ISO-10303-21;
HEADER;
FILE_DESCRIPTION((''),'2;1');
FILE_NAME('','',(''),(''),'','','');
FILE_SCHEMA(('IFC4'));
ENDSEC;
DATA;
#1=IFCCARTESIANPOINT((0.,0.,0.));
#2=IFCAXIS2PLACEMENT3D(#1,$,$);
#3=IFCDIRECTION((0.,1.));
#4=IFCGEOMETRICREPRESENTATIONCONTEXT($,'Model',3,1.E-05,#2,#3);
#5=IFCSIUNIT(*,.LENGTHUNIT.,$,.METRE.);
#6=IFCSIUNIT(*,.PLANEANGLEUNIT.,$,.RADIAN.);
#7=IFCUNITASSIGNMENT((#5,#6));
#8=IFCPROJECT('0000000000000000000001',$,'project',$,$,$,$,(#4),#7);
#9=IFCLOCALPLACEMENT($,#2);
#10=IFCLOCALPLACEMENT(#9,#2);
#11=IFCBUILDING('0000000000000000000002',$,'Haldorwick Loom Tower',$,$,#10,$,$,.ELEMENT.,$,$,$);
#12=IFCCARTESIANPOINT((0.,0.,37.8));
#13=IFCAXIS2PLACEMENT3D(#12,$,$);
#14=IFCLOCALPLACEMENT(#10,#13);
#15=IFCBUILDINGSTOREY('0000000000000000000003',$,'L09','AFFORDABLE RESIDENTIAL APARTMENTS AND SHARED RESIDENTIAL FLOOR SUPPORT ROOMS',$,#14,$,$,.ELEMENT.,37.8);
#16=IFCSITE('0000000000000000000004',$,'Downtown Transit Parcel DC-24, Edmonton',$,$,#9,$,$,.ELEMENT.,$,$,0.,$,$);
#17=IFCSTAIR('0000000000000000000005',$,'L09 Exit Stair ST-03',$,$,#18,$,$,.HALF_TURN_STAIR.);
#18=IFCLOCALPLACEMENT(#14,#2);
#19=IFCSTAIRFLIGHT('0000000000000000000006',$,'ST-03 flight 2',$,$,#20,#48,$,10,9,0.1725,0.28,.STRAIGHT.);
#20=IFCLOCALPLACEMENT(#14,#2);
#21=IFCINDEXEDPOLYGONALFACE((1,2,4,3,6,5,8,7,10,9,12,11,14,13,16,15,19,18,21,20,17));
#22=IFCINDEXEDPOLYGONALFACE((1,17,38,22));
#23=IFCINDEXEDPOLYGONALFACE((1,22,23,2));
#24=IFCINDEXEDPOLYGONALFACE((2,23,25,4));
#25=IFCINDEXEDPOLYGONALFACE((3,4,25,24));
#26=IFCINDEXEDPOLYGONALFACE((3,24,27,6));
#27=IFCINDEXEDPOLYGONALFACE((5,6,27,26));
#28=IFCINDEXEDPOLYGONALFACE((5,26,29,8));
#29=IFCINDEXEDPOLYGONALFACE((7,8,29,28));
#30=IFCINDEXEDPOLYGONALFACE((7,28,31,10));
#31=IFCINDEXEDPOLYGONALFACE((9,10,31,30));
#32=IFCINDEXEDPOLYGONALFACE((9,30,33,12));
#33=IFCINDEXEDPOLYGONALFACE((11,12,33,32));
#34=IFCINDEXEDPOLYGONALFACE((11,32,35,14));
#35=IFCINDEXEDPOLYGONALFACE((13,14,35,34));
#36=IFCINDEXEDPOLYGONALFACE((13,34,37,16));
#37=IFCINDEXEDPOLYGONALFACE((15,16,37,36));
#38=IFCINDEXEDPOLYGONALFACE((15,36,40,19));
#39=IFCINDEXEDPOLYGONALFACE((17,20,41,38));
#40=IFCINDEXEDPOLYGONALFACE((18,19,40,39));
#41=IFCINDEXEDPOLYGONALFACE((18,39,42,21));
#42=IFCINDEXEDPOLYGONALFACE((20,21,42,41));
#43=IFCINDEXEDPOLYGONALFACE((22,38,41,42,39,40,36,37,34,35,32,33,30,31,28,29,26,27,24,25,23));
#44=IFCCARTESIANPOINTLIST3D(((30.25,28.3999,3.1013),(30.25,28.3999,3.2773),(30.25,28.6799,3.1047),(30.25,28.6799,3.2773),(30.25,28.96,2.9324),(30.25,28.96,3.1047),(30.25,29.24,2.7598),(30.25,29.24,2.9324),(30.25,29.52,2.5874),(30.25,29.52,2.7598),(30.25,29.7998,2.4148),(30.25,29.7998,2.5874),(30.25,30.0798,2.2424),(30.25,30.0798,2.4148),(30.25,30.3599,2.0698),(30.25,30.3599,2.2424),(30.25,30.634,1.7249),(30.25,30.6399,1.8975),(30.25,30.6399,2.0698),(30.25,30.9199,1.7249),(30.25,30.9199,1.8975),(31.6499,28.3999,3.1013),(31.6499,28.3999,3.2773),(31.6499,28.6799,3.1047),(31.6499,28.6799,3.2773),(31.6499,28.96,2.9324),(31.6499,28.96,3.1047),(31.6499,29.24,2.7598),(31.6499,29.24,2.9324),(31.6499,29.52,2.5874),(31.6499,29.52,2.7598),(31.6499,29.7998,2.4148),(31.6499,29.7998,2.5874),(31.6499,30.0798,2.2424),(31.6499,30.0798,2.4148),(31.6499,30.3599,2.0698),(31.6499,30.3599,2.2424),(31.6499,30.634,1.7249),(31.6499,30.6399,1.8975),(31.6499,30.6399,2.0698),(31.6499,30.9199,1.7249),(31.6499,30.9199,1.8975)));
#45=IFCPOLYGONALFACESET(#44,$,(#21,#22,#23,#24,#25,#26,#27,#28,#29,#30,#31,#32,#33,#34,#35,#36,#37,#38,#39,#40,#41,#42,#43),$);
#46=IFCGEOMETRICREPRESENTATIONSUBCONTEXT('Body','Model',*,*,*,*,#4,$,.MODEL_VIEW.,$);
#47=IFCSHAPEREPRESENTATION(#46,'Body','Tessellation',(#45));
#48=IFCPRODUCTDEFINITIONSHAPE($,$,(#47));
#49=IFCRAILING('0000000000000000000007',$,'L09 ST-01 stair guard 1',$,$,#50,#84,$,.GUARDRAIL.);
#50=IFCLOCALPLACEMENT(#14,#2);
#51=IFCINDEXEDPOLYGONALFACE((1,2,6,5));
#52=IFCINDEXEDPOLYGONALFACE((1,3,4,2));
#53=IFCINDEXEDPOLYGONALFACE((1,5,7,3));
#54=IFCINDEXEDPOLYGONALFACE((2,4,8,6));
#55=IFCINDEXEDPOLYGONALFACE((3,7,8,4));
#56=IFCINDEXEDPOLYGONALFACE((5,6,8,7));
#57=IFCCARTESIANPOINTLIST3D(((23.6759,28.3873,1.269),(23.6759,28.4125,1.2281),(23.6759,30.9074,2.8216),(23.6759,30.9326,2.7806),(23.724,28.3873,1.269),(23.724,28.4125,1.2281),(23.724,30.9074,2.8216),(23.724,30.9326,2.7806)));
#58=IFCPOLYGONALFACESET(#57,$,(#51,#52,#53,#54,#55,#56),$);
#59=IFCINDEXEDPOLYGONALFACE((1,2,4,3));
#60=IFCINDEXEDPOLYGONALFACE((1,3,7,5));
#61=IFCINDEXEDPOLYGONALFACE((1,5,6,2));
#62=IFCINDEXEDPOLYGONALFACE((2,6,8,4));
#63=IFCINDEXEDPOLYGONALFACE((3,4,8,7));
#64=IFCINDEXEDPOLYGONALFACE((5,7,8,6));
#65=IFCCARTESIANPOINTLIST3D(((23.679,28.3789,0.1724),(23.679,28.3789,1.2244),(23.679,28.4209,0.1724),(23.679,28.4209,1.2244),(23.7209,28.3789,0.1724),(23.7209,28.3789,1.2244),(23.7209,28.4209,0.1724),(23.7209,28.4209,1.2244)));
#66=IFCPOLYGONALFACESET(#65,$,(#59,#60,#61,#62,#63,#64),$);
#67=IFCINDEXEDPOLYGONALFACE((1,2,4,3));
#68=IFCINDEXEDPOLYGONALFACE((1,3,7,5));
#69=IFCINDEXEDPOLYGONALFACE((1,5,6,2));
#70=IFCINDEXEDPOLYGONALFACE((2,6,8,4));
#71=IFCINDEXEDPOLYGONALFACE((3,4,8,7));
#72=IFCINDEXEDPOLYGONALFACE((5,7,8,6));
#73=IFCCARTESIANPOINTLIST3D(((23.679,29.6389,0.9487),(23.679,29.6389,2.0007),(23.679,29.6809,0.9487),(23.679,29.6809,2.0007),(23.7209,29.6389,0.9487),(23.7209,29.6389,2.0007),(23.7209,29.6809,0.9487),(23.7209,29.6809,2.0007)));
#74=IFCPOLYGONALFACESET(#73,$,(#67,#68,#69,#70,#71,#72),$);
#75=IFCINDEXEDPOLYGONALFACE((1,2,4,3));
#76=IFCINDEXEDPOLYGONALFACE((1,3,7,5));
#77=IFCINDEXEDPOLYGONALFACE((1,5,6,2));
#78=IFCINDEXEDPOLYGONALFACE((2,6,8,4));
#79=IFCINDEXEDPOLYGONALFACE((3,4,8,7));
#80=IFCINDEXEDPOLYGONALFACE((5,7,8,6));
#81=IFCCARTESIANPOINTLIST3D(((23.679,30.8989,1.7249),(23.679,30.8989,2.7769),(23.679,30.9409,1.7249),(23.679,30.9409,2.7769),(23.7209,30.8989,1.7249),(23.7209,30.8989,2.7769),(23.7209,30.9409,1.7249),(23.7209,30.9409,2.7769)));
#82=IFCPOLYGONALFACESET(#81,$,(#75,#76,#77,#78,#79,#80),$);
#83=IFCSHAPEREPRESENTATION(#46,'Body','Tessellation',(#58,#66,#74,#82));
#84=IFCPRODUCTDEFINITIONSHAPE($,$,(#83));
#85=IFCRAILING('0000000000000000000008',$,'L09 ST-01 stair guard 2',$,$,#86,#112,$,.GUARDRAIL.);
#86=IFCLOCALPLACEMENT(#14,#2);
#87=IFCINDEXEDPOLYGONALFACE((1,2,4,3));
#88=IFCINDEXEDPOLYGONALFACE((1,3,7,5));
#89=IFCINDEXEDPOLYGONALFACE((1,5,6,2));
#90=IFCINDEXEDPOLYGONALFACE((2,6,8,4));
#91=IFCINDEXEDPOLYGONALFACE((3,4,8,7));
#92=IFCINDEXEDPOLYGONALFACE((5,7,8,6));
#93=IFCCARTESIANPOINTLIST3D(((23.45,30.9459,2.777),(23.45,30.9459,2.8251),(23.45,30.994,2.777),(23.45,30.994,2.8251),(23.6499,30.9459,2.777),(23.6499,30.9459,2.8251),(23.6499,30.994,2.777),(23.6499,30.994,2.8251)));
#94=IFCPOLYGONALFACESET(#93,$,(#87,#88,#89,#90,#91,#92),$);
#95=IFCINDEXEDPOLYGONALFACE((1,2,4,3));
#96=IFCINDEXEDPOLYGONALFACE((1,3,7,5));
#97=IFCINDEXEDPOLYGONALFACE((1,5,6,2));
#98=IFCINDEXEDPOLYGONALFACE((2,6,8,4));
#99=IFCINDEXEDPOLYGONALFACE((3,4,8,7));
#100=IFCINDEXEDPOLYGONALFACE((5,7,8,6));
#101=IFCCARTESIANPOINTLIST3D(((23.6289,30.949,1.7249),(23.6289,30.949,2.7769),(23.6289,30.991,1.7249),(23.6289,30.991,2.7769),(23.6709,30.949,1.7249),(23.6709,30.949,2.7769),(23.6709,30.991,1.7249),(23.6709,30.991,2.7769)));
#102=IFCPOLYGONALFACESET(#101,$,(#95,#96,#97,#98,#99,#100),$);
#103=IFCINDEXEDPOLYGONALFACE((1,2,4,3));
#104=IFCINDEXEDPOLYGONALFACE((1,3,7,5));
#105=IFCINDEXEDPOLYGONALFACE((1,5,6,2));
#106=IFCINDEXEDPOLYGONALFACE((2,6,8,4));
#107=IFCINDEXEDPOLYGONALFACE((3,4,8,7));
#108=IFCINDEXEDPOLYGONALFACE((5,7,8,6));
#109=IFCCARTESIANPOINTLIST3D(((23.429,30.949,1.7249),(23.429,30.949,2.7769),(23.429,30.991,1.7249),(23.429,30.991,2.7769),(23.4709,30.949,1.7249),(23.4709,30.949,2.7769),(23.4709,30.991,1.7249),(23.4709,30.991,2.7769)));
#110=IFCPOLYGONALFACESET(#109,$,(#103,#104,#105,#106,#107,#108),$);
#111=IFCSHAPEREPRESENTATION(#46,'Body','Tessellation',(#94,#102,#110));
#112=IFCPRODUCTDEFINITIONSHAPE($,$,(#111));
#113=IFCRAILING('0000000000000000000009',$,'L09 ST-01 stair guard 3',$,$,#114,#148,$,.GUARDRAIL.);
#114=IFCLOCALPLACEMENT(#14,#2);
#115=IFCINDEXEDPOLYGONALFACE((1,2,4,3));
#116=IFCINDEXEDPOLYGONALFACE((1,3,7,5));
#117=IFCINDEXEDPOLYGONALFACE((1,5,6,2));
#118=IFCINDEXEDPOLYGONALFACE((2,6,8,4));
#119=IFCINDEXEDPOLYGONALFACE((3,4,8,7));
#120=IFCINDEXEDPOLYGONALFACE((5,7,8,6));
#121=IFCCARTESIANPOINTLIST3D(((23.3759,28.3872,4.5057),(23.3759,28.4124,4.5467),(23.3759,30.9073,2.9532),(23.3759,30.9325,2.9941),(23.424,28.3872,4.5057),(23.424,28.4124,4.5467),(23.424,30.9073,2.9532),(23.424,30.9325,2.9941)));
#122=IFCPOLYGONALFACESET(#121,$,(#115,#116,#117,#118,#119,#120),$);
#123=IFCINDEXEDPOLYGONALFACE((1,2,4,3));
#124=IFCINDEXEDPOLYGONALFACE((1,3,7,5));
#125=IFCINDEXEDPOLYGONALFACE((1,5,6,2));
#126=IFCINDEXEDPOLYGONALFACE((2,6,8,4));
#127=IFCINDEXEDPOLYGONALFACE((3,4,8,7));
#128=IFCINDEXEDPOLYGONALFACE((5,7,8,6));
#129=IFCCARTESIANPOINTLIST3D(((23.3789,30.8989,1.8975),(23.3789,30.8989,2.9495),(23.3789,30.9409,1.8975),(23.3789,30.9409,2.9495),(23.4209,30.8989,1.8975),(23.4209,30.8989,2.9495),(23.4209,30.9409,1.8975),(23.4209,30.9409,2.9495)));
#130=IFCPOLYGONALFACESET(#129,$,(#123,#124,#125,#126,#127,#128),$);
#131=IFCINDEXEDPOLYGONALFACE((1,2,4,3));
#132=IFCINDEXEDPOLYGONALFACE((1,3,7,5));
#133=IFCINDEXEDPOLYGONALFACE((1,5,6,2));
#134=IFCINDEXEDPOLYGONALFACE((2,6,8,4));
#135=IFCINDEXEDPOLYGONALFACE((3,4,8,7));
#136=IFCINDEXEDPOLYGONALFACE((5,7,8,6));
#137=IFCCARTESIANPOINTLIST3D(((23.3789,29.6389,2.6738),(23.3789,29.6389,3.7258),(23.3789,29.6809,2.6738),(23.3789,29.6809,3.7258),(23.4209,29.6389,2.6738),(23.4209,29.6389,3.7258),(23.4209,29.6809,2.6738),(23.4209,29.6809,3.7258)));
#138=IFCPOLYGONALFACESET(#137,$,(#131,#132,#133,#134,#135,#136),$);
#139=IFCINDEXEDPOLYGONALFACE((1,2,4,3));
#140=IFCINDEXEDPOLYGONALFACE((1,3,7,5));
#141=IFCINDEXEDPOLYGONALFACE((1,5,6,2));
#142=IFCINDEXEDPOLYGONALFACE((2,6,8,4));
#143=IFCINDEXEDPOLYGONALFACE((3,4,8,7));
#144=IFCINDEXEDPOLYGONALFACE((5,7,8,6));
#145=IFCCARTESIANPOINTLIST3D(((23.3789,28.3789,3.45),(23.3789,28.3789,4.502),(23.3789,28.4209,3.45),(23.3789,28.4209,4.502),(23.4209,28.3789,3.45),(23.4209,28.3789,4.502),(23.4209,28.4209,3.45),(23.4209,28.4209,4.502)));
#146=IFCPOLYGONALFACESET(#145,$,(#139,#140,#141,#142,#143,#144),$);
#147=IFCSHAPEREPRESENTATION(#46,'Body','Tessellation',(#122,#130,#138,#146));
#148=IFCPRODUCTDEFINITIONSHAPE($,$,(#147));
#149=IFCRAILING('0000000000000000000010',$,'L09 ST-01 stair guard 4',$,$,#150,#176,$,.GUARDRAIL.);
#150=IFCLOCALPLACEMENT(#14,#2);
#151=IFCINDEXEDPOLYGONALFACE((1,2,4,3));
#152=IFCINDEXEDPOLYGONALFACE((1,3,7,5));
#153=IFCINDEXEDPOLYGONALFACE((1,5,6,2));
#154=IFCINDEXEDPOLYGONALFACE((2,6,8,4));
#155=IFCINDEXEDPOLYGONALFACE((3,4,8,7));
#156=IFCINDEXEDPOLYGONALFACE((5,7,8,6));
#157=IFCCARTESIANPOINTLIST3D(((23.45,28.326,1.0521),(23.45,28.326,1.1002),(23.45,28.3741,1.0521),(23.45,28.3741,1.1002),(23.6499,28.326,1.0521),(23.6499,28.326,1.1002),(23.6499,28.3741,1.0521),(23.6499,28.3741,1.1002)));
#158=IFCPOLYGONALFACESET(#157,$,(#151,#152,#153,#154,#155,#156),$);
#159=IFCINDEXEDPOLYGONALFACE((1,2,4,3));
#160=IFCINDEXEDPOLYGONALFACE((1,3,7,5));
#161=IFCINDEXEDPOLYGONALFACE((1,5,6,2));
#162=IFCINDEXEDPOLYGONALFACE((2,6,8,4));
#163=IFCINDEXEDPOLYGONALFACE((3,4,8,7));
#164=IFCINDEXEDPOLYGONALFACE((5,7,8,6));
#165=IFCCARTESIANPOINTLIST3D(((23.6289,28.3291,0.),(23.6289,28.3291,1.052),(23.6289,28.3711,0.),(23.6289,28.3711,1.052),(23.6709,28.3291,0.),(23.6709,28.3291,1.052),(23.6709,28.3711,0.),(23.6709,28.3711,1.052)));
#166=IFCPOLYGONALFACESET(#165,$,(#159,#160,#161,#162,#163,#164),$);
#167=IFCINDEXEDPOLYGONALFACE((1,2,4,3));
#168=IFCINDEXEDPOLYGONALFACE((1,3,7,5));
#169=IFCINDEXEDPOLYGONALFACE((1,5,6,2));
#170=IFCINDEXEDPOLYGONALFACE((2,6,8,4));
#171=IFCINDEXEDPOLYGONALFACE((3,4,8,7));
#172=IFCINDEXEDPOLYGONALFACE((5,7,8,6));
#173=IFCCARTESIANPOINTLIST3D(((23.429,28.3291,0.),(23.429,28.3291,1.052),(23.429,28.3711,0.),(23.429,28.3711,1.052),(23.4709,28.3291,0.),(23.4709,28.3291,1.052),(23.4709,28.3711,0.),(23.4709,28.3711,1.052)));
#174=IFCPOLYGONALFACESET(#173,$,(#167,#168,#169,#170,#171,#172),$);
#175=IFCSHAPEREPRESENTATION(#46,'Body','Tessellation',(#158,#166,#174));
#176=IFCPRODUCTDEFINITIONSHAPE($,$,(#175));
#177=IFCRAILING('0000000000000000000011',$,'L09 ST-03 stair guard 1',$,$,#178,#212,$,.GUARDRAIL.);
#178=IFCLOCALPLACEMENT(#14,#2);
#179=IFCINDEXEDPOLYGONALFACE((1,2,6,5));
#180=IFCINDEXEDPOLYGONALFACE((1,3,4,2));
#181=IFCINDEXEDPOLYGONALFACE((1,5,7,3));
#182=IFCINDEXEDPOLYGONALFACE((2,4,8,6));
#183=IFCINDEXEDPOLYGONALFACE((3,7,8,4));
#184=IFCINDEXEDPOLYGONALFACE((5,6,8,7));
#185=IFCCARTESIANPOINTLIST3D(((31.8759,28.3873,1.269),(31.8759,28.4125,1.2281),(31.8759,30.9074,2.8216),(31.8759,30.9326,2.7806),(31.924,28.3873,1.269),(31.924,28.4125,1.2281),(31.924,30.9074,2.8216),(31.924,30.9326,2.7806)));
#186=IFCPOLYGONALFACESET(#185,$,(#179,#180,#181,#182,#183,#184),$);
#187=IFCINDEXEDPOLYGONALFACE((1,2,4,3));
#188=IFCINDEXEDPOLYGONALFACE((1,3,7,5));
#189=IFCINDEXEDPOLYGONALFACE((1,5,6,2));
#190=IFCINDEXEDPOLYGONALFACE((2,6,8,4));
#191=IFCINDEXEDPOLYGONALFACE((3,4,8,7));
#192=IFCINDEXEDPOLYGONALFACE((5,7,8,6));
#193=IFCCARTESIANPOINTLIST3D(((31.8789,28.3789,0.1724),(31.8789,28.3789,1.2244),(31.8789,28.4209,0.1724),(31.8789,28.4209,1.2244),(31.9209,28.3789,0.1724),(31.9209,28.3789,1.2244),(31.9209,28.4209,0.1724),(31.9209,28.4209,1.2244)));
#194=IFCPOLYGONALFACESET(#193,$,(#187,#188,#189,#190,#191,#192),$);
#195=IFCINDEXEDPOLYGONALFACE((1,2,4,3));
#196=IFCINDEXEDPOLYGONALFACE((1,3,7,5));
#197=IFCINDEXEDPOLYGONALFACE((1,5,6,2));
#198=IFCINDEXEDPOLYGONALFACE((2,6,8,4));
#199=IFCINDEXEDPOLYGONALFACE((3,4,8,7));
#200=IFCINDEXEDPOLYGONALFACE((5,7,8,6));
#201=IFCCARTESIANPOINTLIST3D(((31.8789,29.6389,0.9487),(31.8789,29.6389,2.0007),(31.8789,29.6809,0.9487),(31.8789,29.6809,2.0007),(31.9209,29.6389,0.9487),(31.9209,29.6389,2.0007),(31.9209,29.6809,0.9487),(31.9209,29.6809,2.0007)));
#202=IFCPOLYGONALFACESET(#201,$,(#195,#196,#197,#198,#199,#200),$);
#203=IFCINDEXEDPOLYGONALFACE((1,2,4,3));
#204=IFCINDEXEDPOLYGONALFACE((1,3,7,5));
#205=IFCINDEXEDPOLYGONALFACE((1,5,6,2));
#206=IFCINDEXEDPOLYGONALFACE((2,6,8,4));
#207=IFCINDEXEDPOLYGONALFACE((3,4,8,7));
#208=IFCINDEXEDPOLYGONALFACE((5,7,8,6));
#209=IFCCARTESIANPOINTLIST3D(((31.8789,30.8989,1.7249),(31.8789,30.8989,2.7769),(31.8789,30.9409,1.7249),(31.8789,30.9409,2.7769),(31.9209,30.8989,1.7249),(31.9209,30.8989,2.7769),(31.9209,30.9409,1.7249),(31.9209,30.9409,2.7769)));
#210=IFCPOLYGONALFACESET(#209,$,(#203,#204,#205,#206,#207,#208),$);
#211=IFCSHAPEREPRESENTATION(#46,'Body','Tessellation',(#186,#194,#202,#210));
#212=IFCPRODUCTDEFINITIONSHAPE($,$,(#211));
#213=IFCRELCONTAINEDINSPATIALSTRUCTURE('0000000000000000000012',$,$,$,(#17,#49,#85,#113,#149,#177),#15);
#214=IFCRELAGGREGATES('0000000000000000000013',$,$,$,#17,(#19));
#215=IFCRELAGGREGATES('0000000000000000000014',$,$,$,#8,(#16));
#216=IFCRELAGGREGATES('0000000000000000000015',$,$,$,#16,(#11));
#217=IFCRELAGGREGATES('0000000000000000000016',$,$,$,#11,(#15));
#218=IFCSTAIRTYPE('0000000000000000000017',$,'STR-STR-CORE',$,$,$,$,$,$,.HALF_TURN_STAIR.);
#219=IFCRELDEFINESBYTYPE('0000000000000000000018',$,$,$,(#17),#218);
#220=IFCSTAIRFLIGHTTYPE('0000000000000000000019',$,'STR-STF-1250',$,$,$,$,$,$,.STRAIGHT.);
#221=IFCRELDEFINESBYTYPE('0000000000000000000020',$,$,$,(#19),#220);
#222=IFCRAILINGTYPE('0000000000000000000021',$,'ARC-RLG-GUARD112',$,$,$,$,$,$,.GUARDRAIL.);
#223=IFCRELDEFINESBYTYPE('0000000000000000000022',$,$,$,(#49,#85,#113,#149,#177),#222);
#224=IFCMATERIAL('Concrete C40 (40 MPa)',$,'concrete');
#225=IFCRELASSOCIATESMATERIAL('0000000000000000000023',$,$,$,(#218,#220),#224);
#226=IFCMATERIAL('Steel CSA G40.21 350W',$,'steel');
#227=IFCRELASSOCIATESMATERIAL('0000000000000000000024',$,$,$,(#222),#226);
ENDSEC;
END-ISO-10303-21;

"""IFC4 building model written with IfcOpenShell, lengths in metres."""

from ifc_helpers import new_model, si_unit, direction, frame, origin, origin_2d, place, context, subcontext, project, spatial, polyline, rectangle, outline, extrude, material, type_object, element, aggregate, save


model = new_model("IFC4")

# Units and contexts
model_context = context("Model", 3, precision=1e-05, world=origin(), true_north=direction((0.0, 1.0)))
body_context = subcontext(model_context, "Body", "Model", "MODEL_VIEW")
ifc_project = project(units=[si_unit("LENGTHUNIT", "METRE"), si_unit("PLANEANGLEUNIT", "RADIAN")], contexts=[model_context])

# Site, building, storey
site_placement = place(None, origin())
site = spatial("IfcSite", under=ifc_project, at=site_placement, Name="Downtown Transit Parcel DC-24, Edmonton", CompositionType="ELEMENT", RefElevation=0.0)
building_placement = place(site_placement, origin())
building = spatial("IfcBuilding", under=site, at=building_placement, Name="Haldorwick Loom Tower", CompositionType="ELEMENT")
storey_placement = place(building_placement, frame((0.0, 0.0, 37.8)))
storey = spatial("IfcBuildingStorey", under=building, at=storey_placement, Name="L09", Description="AFFORDABLE RESIDENTIAL APARTMENTS AND SHARED RESIDENTIAL FLOOR SUPPORT ROOMS", CompositionType="ELEMENT", Elevation=37.8)

# Shared definitions
ifc_material_1 = material(Name="Steel CSA G40.21 350W", Category="steel")

# Shared definitions
ifc_material_2 = material(Name="Concrete C40 (40 MPa)", Category="concrete")
stair_type = type_object("IfcStairType", Name="STR-STR-CORE", PredefinedType="HALF_TURN_STAIR", material=ifc_material_2)
stair_flight_type = type_object("IfcStairFlightType", Name="STR-STF-1250", PredefinedType="STRAIGHT", material=ifc_material_2)

# Stair, stair flight
stair_1_placement = place(storey_placement, origin())
stair_1 = element("IfcStair", 1, at=stair_1_placement, inside=storey, type_object=stair_type, Name="L09 Exit Stair ST-03", PredefinedType="HALF_TURN_STAIR")
stair_flight_1_placement = place(storey_placement, frame((30.95, 30.9199, 1.7249), z_axis=(0.0, 0.0, 1.0), x_axis=(0.0, -1.0, 0.0)))
stair_flight_1 = element("IfcStairFlight", 2, at=stair_flight_1_placement, type_object=stair_flight_type, Name="ST-03 flight 2", NumberOfRisers=10, NumberOfTreads=9, PredefinedType="STRAIGHT", RiserHeight=0.1725, TreadLength=0.28, context=body_context, shape_type="SweptSolid", body=[
    extrude(outline(polyline([(0.0, 0.0), (0.0, 0.1726), (0.28, 0.1726), (0.28, 0.345), (0.5601, 0.345), (0.5601, 0.5176), (0.8401, 0.5176), (0.8401, 0.6899), (1.1201, 0.6899), (1.1201, 0.8625), (1.3999, 0.8625), (1.3999, 1.0349), (1.6799, 1.0349), (1.6799, 1.2075), (1.96, 1.2075), (1.96, 1.3799), (2.24, 1.3799), (2.24, 1.5525), (2.52, 1.5525), (2.52, 1.7251), (2.52, 1.3765), (0.2859, 0.0), (0.0, 0.0)])), frame((0.0, 0.7, 0.0), z_axis=(0.0, -1.0, 0.0), x_axis=(1.0, 0.0, 0.0)), (0.0, 0.0, 1.0), 1.3999),
])
aggregate(stair_1, [stair_flight_1])

# Railings
railing_type_1 = type_object("IfcRailingType", Name="ARC-RLG-GUARD112", PredefinedType="GUARDRAIL", material=ifc_material_1)
railing_1_placement = place(storey_placement, frame((23.7, 28.3999, 0.1724)))
element("IfcRailing", 3, at=railing_1_placement, inside=storey, type_object=railing_type_1, Name="L09 ST-01 stair guard 1", PredefinedType="GUARDRAIL", context=body_context, shape_type="SweptSolid", body=[
    extrude(rectangle(XDim=0.0481, YDim=0.0481, at=origin_2d()), frame((0.0, 0.0, 1.0762), z_axis=(0.0, 0.8514, 0.524516), x_axis=(-1.0, 0.0, 0.0)), (0.0, 0.0, 1.0), 2.96),
    extrude(rectangle(XDim=0.042, YDim=0.042, at=origin_2d()), origin(), (0.0, 0.0, 1.0), 1.052),
    extrude(rectangle(XDim=0.042, YDim=0.042, at=origin_2d()), frame((0.0, 1.26, 0.7764)), (0.0, 0.0, 1.0), 1.052),
    extrude(rectangle(XDim=0.042, YDim=0.042, at=origin_2d()), frame((0.0, 2.52, 1.5525)), (0.0, 0.0, 1.0), 1.052),
])
railing_2_placement = place(storey_placement, frame((23.6499, 30.97, 1.7249)))
element("IfcRailing", 4, at=railing_2_placement, inside=storey, type_object=railing_type_1, Name="L09 ST-01 stair guard 2", PredefinedType="GUARDRAIL", context=body_context, shape_type="SweptSolid", body=[
    extrude(rectangle(XDim=0.0481, YDim=0.0481, at=origin_2d()), frame((0.0, 0.0, 1.0762), z_axis=(-1.0, 0.0, 0.0), x_axis=(0.0, -1.0, 0.0)), (0.0, 0.0, 1.0), 0.2),
    extrude(rectangle(XDim=0.042, YDim=0.042, at=origin_2d()), origin(), (0.0, 0.0, 1.0), 1.052),
    extrude(rectangle(XDim=0.042, YDim=0.042, at=origin_2d()), frame((-0.2, 0.0, 0.0)), (0.0, 0.0, 1.0), 1.052),
])
railing_3_placement = place(storey_placement, frame((23.3999, 30.9199, 1.8975)))
element("IfcRailing", 5, at=railing_3_placement, inside=storey, type_object=railing_type_1, Name="L09 ST-01 stair guard 3", PredefinedType="GUARDRAIL", context=body_context, shape_type="SweptSolid", body=[
    extrude(rectangle(XDim=0.0481, YDim=0.0481, at=origin_2d()), frame((0.0, 0.0, 1.0762), z_axis=(0.0, -0.8514, 0.524516), x_axis=(1.0, 0.0, 0.0)), (0.0, 0.0, 1.0), 2.96),
    extrude(rectangle(XDim=0.042, YDim=0.042, at=origin_2d()), origin(), (0.0, 0.0, 1.0), 1.052),
    extrude(rectangle(XDim=0.042, YDim=0.042, at=origin_2d()), frame((0.0, -1.26, 0.7764)), (0.0, 0.0, 1.0), 1.052),
    extrude(rectangle(XDim=0.042, YDim=0.042, at=origin_2d()), frame((0.0, -2.52, 1.5525)), (0.0, 0.0, 1.0), 1.052),
])
railing_4_placement = place(storey_placement, frame((23.6499, 28.3501, 0.0)))
element("IfcRailing", 6, at=railing_4_placement, inside=storey, type_object=railing_type_1, Name="L09 ST-01 stair guard 4", PredefinedType="GUARDRAIL", context=body_context, shape_type="SweptSolid", body=[
    extrude(rectangle(XDim=0.0481, YDim=0.0481, at=origin_2d()), frame((0.0, 0.0, 1.0762), z_axis=(-1.0, 0.0, 0.0), x_axis=(0.0, -1.0, 0.0)), (0.0, 0.0, 1.0), 0.2),
    extrude(rectangle(XDim=0.042, YDim=0.042, at=origin_2d()), origin(), (0.0, 0.0, 1.0), 1.052),
    extrude(rectangle(XDim=0.042, YDim=0.042, at=origin_2d()), frame((-0.2, 0.0, 0.0)), (0.0, 0.0, 1.0), 1.052),
])
railing_5_placement = place(storey_placement, frame((31.8999, 28.3999, 0.1724)))
element("IfcRailing", 7, at=railing_5_placement, inside=storey, type_object=railing_type_1, Name="L09 ST-03 stair guard 1", PredefinedType="GUARDRAIL", context=body_context, shape_type="SweptSolid", body=[
    extrude(rectangle(XDim=0.0481, YDim=0.0481, at=origin_2d()), frame((0.0, 0.0, 1.0762), z_axis=(0.0, 0.8514, 0.524516), x_axis=(-1.0, 0.0, 0.0)), (0.0, 0.0, 1.0), 2.96),
    extrude(rectangle(XDim=0.042, YDim=0.042, at=origin_2d()), origin(), (0.0, 0.0, 1.0), 1.052),
    extrude(rectangle(XDim=0.042, YDim=0.042, at=origin_2d()), frame((0.0, 1.26, 0.7764)), (0.0, 0.0, 1.0), 1.052),
    extrude(rectangle(XDim=0.042, YDim=0.042, at=origin_2d()), frame((0.0, 2.52, 1.5525)), (0.0, 0.0, 1.0), 1.052),
])

save(model, "model.ifc")
